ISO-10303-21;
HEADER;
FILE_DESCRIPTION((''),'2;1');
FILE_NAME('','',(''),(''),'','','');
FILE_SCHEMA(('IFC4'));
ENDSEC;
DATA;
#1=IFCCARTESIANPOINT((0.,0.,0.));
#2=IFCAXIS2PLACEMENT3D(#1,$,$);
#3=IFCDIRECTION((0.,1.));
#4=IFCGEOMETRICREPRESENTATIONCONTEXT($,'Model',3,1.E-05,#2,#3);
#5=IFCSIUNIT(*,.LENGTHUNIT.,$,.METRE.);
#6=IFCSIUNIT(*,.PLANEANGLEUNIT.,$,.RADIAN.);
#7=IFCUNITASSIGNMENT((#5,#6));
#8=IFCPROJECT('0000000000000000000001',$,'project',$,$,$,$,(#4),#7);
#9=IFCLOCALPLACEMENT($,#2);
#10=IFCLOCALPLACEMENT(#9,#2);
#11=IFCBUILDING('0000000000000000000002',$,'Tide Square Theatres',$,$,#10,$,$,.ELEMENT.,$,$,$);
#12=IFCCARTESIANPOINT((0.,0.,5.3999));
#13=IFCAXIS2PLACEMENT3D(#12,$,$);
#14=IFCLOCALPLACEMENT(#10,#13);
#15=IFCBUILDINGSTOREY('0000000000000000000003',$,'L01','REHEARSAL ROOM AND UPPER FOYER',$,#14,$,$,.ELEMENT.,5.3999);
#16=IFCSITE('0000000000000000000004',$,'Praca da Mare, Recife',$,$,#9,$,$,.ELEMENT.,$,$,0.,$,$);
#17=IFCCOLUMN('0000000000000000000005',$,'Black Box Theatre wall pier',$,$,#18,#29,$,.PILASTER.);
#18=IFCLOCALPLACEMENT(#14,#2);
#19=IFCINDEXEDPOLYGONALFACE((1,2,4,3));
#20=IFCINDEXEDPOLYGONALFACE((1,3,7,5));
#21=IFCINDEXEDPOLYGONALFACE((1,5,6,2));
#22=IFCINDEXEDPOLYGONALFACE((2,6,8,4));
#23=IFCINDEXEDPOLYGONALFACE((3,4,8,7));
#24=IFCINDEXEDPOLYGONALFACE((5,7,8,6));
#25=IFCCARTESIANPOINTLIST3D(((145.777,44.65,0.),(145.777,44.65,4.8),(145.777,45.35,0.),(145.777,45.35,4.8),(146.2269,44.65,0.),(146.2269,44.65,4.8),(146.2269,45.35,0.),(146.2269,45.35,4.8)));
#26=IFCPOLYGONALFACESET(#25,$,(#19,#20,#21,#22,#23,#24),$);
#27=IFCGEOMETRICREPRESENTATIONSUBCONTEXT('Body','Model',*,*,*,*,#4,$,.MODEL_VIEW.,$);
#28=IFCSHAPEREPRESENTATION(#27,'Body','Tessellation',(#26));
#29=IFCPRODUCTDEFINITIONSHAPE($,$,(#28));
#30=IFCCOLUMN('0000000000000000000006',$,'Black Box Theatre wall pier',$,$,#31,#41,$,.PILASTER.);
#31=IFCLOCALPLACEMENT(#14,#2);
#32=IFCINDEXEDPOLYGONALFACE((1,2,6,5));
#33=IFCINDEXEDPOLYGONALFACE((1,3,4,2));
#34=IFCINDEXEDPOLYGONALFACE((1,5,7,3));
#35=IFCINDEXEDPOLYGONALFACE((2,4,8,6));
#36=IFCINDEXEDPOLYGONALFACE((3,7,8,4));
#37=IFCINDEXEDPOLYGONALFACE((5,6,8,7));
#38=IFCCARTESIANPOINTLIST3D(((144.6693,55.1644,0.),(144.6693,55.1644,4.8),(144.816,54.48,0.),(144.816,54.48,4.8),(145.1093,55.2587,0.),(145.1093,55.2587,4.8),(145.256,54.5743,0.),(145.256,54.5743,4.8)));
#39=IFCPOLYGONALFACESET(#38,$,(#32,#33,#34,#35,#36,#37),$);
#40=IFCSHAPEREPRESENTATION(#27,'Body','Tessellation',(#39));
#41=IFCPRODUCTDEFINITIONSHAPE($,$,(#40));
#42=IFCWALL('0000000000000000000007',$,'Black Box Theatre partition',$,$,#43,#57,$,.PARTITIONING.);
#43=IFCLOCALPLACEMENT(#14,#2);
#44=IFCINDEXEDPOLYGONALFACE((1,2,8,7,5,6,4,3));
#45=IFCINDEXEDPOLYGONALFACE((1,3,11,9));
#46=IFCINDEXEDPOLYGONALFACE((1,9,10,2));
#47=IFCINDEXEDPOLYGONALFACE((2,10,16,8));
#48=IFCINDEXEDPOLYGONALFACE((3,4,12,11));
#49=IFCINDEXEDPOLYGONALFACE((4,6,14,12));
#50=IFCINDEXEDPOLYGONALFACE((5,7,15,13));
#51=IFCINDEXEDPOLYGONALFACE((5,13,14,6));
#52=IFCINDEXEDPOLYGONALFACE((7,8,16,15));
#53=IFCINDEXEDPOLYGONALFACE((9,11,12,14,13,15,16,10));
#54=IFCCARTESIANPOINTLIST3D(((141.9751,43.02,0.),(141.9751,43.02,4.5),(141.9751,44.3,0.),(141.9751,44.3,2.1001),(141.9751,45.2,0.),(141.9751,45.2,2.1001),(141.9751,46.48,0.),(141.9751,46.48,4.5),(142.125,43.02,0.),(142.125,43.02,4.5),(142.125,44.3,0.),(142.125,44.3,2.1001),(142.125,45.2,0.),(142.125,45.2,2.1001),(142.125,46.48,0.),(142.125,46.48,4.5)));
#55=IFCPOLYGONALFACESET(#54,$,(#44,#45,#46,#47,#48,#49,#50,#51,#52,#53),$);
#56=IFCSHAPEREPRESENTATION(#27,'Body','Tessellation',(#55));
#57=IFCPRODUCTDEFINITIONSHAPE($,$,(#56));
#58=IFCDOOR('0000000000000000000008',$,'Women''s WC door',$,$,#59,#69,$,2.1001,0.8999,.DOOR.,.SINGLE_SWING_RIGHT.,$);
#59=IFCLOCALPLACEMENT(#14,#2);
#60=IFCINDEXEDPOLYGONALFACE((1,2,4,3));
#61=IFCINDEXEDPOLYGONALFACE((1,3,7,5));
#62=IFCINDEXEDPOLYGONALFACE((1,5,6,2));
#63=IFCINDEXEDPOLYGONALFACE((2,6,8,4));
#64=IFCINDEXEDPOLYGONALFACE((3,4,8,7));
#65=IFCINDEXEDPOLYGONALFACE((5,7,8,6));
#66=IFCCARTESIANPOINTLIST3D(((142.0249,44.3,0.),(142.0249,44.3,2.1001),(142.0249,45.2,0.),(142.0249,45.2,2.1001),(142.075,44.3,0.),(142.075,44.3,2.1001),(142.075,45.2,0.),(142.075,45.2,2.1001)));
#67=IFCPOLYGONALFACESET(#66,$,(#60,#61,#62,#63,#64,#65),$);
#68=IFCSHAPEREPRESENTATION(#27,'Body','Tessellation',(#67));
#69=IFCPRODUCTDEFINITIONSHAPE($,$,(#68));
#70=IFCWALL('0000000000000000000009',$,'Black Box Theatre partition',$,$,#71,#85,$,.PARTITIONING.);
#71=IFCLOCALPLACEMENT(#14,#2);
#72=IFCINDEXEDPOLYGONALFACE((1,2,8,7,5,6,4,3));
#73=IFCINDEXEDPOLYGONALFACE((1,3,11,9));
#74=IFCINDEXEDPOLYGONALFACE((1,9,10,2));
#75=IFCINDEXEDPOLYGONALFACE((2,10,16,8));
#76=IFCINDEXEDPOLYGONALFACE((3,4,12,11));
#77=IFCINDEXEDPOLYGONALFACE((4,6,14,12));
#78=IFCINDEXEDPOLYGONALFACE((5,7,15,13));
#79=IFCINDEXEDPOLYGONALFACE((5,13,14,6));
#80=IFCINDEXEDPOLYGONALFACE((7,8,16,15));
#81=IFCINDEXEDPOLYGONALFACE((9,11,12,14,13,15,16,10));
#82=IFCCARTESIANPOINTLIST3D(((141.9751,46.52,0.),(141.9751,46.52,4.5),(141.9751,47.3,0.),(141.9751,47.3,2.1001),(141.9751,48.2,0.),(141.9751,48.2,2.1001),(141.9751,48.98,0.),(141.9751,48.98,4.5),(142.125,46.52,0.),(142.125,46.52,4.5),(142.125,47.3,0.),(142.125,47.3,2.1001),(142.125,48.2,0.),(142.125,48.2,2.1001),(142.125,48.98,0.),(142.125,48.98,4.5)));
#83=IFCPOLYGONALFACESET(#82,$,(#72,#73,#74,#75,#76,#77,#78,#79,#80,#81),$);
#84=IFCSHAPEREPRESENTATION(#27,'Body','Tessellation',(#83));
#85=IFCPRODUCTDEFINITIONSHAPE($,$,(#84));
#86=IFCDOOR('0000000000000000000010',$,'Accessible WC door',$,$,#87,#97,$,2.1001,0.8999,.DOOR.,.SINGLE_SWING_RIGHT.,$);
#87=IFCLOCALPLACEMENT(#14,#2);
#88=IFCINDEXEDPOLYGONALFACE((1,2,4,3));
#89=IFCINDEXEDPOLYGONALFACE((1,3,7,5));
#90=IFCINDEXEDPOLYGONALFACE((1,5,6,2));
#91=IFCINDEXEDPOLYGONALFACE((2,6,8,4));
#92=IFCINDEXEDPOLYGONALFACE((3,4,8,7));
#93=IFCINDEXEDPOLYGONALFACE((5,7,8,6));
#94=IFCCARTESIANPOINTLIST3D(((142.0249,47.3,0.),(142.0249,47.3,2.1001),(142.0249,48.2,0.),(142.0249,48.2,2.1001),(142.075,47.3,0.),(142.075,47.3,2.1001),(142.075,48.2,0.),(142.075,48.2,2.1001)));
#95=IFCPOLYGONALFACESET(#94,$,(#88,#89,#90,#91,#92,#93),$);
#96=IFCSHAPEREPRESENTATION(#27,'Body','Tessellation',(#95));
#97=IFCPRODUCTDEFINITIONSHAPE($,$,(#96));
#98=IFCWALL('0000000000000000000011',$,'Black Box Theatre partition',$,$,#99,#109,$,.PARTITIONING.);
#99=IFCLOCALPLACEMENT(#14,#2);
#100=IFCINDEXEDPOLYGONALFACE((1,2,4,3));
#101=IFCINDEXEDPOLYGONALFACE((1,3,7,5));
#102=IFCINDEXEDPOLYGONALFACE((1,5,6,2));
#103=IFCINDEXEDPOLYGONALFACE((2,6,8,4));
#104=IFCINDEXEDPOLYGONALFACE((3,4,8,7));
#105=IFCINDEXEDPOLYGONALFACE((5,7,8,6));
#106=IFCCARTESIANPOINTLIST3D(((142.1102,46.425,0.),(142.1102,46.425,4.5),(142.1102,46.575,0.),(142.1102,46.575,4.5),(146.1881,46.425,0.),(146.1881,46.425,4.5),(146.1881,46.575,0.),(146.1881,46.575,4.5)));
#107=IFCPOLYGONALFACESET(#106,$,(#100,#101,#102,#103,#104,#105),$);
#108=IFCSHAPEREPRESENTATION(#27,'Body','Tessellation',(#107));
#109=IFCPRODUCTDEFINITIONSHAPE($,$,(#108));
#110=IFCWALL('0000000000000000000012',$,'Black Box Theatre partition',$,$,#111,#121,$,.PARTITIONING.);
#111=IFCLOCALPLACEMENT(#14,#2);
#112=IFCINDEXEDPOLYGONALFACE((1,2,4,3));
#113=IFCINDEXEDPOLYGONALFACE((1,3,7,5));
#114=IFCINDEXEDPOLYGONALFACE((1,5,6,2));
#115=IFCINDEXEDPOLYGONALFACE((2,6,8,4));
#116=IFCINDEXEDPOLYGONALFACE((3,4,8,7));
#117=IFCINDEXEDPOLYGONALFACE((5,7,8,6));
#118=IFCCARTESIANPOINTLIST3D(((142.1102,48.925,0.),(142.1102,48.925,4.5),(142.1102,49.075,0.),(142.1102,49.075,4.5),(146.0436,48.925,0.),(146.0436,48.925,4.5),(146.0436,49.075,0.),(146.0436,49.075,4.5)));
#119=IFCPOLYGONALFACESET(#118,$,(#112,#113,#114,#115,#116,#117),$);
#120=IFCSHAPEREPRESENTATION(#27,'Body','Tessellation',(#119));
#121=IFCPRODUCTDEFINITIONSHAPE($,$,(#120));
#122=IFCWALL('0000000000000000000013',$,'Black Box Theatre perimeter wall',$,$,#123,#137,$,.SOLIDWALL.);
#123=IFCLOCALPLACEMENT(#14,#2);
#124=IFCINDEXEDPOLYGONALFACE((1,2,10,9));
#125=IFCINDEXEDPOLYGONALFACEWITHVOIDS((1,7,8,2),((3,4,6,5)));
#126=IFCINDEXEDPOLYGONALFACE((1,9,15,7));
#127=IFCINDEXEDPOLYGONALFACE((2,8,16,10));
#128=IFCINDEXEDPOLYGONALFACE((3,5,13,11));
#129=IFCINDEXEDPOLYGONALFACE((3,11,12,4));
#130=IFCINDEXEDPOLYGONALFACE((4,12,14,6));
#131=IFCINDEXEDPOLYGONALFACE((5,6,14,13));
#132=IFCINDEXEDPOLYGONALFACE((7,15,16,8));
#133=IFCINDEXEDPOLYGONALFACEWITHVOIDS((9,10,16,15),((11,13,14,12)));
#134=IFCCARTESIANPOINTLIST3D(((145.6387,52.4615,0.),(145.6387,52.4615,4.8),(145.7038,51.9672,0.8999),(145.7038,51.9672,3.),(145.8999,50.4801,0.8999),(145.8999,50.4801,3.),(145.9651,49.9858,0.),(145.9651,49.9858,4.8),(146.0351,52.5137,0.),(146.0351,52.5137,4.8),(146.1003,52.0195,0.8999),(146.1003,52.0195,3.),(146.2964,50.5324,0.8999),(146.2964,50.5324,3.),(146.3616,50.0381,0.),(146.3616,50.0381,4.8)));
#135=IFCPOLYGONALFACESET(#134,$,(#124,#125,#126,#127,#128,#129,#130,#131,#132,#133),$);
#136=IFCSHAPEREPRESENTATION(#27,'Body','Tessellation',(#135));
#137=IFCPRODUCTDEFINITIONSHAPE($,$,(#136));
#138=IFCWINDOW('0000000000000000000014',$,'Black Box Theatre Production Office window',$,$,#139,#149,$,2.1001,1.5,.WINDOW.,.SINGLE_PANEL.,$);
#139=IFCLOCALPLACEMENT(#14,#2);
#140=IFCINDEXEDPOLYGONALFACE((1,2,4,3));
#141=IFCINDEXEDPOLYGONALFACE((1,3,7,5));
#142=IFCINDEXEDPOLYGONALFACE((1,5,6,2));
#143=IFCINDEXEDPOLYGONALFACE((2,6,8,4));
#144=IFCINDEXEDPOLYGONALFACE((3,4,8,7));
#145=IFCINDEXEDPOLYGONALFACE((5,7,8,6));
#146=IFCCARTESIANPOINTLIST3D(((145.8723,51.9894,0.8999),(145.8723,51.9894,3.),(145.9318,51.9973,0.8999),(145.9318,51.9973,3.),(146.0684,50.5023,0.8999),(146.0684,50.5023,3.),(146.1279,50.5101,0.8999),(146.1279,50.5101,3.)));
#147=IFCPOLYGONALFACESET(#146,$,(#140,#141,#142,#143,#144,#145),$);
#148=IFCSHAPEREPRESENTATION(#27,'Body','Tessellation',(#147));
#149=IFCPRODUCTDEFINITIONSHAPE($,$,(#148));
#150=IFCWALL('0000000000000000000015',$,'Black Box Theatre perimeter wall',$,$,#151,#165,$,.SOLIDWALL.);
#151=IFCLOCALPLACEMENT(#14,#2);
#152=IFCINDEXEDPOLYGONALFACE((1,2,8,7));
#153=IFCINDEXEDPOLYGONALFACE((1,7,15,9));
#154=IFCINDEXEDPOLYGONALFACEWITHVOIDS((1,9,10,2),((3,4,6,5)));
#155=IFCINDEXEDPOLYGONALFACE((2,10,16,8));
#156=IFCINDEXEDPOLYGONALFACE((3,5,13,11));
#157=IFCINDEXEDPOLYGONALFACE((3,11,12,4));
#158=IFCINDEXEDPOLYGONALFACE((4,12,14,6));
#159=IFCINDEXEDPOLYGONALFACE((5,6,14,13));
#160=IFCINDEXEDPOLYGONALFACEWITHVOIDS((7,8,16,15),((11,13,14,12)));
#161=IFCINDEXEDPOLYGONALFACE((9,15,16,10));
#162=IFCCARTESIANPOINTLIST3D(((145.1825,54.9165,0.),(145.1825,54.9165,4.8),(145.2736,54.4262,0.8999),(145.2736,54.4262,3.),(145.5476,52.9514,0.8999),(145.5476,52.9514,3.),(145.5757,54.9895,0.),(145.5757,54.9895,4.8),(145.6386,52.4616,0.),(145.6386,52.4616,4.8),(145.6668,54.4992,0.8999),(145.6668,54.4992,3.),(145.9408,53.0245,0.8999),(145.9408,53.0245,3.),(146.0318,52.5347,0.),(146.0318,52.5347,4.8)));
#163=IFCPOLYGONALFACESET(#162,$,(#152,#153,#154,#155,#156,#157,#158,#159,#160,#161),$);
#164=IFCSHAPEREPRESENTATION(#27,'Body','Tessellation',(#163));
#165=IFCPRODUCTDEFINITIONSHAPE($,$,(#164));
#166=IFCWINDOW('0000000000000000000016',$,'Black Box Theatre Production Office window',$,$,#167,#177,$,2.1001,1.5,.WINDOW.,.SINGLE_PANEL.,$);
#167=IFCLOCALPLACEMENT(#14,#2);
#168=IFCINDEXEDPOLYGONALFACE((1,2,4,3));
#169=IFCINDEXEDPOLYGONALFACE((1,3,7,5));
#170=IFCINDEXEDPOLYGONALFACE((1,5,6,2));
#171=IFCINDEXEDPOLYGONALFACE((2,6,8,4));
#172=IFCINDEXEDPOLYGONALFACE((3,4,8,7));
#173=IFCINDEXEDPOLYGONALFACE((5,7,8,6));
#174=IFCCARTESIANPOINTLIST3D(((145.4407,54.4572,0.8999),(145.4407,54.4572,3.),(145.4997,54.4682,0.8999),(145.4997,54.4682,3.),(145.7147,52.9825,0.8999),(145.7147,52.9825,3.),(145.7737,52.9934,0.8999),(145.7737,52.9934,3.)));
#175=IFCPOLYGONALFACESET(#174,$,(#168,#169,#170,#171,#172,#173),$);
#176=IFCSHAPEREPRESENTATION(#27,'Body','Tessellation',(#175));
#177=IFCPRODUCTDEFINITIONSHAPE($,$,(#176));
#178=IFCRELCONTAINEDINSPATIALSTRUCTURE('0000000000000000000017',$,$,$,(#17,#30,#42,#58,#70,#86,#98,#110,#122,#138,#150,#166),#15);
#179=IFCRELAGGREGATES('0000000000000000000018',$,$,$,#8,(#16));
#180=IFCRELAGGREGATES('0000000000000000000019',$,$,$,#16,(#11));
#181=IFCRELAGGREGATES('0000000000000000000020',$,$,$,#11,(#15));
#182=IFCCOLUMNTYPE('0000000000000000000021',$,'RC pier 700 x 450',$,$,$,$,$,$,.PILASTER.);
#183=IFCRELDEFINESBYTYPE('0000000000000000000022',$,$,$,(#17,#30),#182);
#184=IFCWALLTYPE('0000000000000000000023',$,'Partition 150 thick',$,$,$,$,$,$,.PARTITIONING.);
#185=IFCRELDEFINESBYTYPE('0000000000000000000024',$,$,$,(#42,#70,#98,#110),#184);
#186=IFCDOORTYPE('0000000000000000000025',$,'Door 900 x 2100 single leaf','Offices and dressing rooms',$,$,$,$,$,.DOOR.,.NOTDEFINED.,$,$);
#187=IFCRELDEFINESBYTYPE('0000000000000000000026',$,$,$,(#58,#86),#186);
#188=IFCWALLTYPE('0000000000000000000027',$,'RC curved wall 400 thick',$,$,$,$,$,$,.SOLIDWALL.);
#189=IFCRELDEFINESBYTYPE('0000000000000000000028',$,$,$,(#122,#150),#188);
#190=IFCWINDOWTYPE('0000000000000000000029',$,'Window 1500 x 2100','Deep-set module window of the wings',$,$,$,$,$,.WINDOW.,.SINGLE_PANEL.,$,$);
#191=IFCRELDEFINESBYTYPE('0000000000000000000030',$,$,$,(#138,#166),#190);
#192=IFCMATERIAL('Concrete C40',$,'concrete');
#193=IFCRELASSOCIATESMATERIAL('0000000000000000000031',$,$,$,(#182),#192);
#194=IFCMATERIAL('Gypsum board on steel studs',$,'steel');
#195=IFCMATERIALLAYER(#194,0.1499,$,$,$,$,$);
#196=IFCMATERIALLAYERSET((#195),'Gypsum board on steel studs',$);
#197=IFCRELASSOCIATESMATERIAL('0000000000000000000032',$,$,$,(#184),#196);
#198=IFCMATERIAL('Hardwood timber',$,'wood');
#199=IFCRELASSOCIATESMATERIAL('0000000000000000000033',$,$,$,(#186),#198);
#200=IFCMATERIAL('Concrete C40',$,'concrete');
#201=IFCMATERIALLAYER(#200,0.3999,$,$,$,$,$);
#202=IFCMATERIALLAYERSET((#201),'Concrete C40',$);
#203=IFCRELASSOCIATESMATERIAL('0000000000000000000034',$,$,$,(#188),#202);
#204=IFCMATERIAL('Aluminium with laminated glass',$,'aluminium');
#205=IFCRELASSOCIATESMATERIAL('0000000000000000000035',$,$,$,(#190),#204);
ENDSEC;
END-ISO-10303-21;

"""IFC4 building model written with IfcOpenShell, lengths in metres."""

from ifc_helpers import new_model, si_unit, direction, frame, frame_2d, origin, origin_2d, place, context, subcontext, project, spatial, rectangle, extrude, material, layer, layer_set, material_profile, profile_set, type_object, element, fill, save


model = new_model("IFC4")

# Units and contexts
model_context = context("Model", 3, precision=1e-05, world=origin(), true_north=direction((0.0, 1.0)))
body_context = subcontext(model_context, "Body", "Model", "MODEL_VIEW")
ifc_project = project(units=[si_unit("LENGTHUNIT", "METRE"), si_unit("PLANEANGLEUNIT", "RADIAN")], contexts=[model_context])

# Site, building, storey
site_placement = place(None, origin())
site = spatial("IfcSite", under=ifc_project, at=site_placement, Name="Praca da Mare, Recife", CompositionType="ELEMENT", RefElevation=0.0)
building_placement = place(site_placement, origin())
building = spatial("IfcBuilding", under=site, at=building_placement, Name="Tide Square Theatres", CompositionType="ELEMENT")
storey_placement = place(building_placement, frame((0.0, 0.0, 5.3999)))
storey = spatial("IfcBuildingStorey", under=building, at=storey_placement, Name="L01", Description="REHEARSAL ROOM AND UPPER FOYER", CompositionType="ELEMENT", Elevation=5.3999)

# Columns
ifc_material_1 = material(Name="Concrete C40", Category="concrete")
ifc_material_profile = material_profile(ifc_material_1, rectangle(XDim=0.7, YDim=0.45, at=origin_2d()))
ifc_profile_set = profile_set([ifc_material_profile], Name="Concrete C40")
column_type = type_object("IfcColumnType", Name="RC pier 700 x 450", PredefinedType="PILASTER", material=ifc_profile_set)
for number, where, z_axis, x_axis, name in (
    (1, (146.002, 45.0, 0.0), (0.0, 0.0, 1.0), (0.0, 1.0, 0.0), "Black Box Theatre wall pier"),
    (2, (144.9626, 54.8694, 0.0), (0.0, 0.0, 1.0), (-0.209561, 0.977796, 0.0), "Black Box Theatre wall pier"),
):
    element("IfcColumn", number, at=place(storey_placement, frame(where, z_axis=z_axis, x_axis=x_axis)), inside=storey, type_object=column_type, Name=name, PredefinedType="PILASTER", context=body_context, shape_type="SweptSolid", body=[
        extrude(rectangle(XDim=0.7, YDim=0.45, at=origin_2d()), origin(), (0.0, 0.0, 1.0), 4.8),
    ])

# Walls, openings, doors
ifc_material_2 = material(Name="Gypsum board on steel studs", Category="steel")
ifc_layer_1 = layer(ifc_material_2, 0.1499)
ifc_layer_set_1 = layer_set([ifc_layer_1], Name="Gypsum board on steel studs")
wall_type_1 = type_object("IfcWallType", Name="Partition 150 thick", PredefinedType="PARTITIONING", material=ifc_layer_set_1)
wall_1_placement = place(storey_placement, frame((142.05, 46.48, 0.0), z_axis=(0.0, 0.0, 1.0), x_axis=(0.0, -1.0, 0.0)))
wall_1 = element("IfcWall", 3, at=wall_1_placement, inside=storey, type_object=wall_type_1, Name="Black Box Theatre partition", PredefinedType="PARTITIONING", context=body_context, shape_type="SweptSolid", body=[
    extrude(rectangle(XDim=3.46, YDim=0.1499, at=frame_2d((1.73, 0.0))), origin(), (0.0, 0.0, 1.0), 4.5),
])
opening_1_placement = place(wall_1_placement, frame((1.28, 0.0, 0.0)))
opening_1 = element("IfcOpeningElement", 4, at=opening_1_placement, cuts=wall_1, PredefinedType="OPENING", context=body_context, shape_type="SweptSolid", body=[
    extrude(rectangle(XDim=0.8999, YDim=2.1001, at=frame_2d((0.45, 1.05))), frame((0.0, 0.085, 0.0), z_axis=(0.0, -1.0, 0.0), x_axis=(1.0, 0.0, 0.0)), (0.0, 0.0, 1.0), 0.1699),
])
ifc_material_3 = material(Name="Hardwood timber", Category="wood")
door_type = type_object("IfcDoorType", Name="Door 900 x 2100 single leaf", Description="Offices and dressing rooms", OperationType="NOTDEFINED", PredefinedType="DOOR", material=ifc_material_3)
door_1_placement = place(opening_1_placement, origin())
door_1 = element("IfcDoor", 5, at=door_1_placement, inside=storey, type_object=door_type, Name="Women's WC door", OperationType="SINGLE_SWING_RIGHT", OverallHeight=2.1001, OverallWidth=0.8999, PredefinedType="DOOR", context=body_context, shape_type="SweptSolid", body=[
    extrude(rectangle(XDim=0.8999, YDim=2.1001, at=frame_2d((0.45, 1.05))), frame((0.0, 0.0249, 0.0), z_axis=(0.0, -1.0, 0.0), x_axis=(1.0, 0.0, 0.0)), (0.0, 0.0, 1.0), 0.05),
])
fill(opening_1, door_1)
wall_2_placement = place(storey_placement, frame((142.05, 48.98, 0.0), z_axis=(0.0, 0.0, 1.0), x_axis=(0.0, -1.0, 0.0)))
wall_2 = element("IfcWall", 6, at=wall_2_placement, inside=storey, type_object=wall_type_1, Name="Black Box Theatre partition", PredefinedType="PARTITIONING", context=body_context, shape_type="SweptSolid", body=[
    extrude(rectangle(XDim=2.46, YDim=0.1499, at=frame_2d((1.23, 0.0))), origin(), (0.0, 0.0, 1.0), 4.5),
])
opening_2_placement = place(wall_2_placement, frame((0.78, 0.0, 0.0)))
opening_2 = element("IfcOpeningElement", 7, at=opening_2_placement, cuts=wall_2, PredefinedType="OPENING", context=body_context, shape_type="SweptSolid", body=[
    extrude(rectangle(XDim=0.8999, YDim=2.1001, at=frame_2d((0.45, 1.05))), frame((0.0, 0.085, 0.0), z_axis=(0.0, -1.0, 0.0), x_axis=(1.0, 0.0, 0.0)), (0.0, 0.0, 1.0), 0.1699),
])
door_2_placement = place(opening_2_placement, origin())
door_2 = element("IfcDoor", 8, at=door_2_placement, inside=storey, type_object=door_type, Name="Accessible WC door", OperationType="SINGLE_SWING_RIGHT", OverallHeight=2.1001, OverallWidth=0.8999, PredefinedType="DOOR", context=body_context, shape_type="SweptSolid", body=[
    extrude(rectangle(XDim=0.8999, YDim=2.1001, at=frame_2d((0.45, 1.05))), frame((0.0, 0.0249, 0.0), z_axis=(0.0, -1.0, 0.0), x_axis=(1.0, 0.0, 0.0)), (0.0, 0.0, 1.0), 0.05),
])
fill(opening_2, door_2)

# Walls
wall_3_placement = place(storey_placement, frame((142.1101, 46.5, 0.0), z_axis=(0.0, 0.0, 1.0), x_axis=(1.0, 0.0, 0.0)))
element("IfcWall", 9, at=wall_3_placement, inside=storey, type_object=wall_type_1, Name="Black Box Theatre partition", PredefinedType="PARTITIONING", context=body_context, shape_type="SweptSolid", body=[
    extrude(rectangle(XDim=4.0779, YDim=0.1499, at=frame_2d((2.0391, 0.0))), origin(), (0.0, 0.0, 1.0), 4.5),
])
wall_4_placement = place(storey_placement, frame((142.1101, 49.0, 0.0), z_axis=(0.0, 0.0, 1.0), x_axis=(1.0, 0.0, 0.0)))
element("IfcWall", 10, at=wall_4_placement, inside=storey, type_object=wall_type_1, Name="Black Box Theatre partition", PredefinedType="PARTITIONING", context=body_context, shape_type="SweptSolid", body=[
    extrude(rectangle(XDim=3.9333, YDim=0.1499, at=frame_2d((1.9668, 0.0))), origin(), (0.0, 0.0, 1.0), 4.5),
])

# Walls, openings, windows
ifc_material_4 = material(Name="Concrete C40", Category="concrete")
ifc_layer_2 = layer(ifc_material_4, 0.3999)
ifc_layer_set_2 = layer_set([ifc_layer_2], Name="Concrete C40")
wall_type_2 = type_object("IfcWallType", Name="RC curved wall 400 thick", PredefinedType="SOLIDWALL", material=ifc_layer_set_2)
wall_5_placement = place(storey_placement, frame((146.1633, 50.012, 0.0), z_axis=(0.0, 0.0, 1.0), x_axis=(-0.130723, 0.991419, 0.0)))
wall_5 = element("IfcWall", 11, at=wall_5_placement, inside=storey, type_object=wall_type_2, Name="Black Box Theatre perimeter wall", PredefinedType="SOLIDWALL", context=body_context, shape_type="SweptSolid", body=[
    extrude(rectangle(XDim=2.4971, YDim=0.3999, at=frame_2d((1.2485, 0.0))), origin(), (0.0, 0.0, 1.0), 4.8),
])
opening_3_placement = place(wall_5_placement, frame((0.4985, 0.0, 0.8999)))
opening_3 = element("IfcOpeningElement", 12, at=opening_3_placement, cuts=wall_5, PredefinedType="OPENING", context=body_context, shape_type="SweptSolid", body=[
    extrude(rectangle(XDim=1.5, YDim=2.1001, at=frame_2d((0.75, 1.05))), frame((0.0, 0.21, 0.0), z_axis=(0.0, -1.0, 0.0), x_axis=(1.0, 0.0, 0.0)), (0.0, 0.0, 1.0), 0.4199),
])
ifc_material_5 = material(Name="Aluminium with laminated glass", Category="aluminium")
window_type = type_object("IfcWindowType", Name="Window 1500 x 2100", Description="Deep-set module window of the wings", PartitioningType="SINGLE_PANEL", PredefinedType="WINDOW", material=ifc_material_5)
window_1_placement = place(opening_3_placement, origin())
window_1 = element("IfcWindow", 13, at=window_1_placement, inside=storey, type_object=window_type, Name="Black Box Theatre Production Office window", OverallHeight=2.1001, OverallWidth=1.5, PartitioningType="SINGLE_PANEL", PredefinedType="WINDOW", context=body_context, shape_type="SweptSolid", body=[
    extrude(rectangle(XDim=1.5, YDim=2.1001, at=frame_2d((0.75, 1.05))), frame((0.0, 0.03, 0.0), z_axis=(0.0, -1.0, 0.0), x_axis=(1.0, 0.0, 0.0)), (0.0, 0.0, 1.0), 0.0601),
])
fill(opening_3, window_1)
wall_6_placement = place(storey_placement, frame((145.8352, 52.498, 0.0), z_axis=(0.0, 0.0, 1.0), x_axis=(-0.182653, 0.983177, 0.0)))
wall_6 = element("IfcWall", 14, at=wall_6_placement, inside=storey, type_object=wall_type_2, Name="Black Box Theatre perimeter wall", PredefinedType="SOLIDWALL", context=body_context, shape_type="SweptSolid", body=[
    extrude(rectangle(XDim=2.4968, YDim=0.3999, at=frame_2d((1.2485, 0.0))), origin(), (0.0, 0.0, 1.0), 4.8),
])
opening_4_placement = place(wall_6_placement, frame((0.4983, 0.0, 0.8999)))
opening_4 = element("IfcOpeningElement", 15, at=opening_4_placement, cuts=wall_6, PredefinedType="OPENING", context=body_context, shape_type="SweptSolid", body=[
    extrude(rectangle(XDim=1.5, YDim=2.1001, at=frame_2d((0.75, 1.05))), frame((0.0, 0.21, 0.0), z_axis=(0.0, -1.0, 0.0), x_axis=(1.0, 0.0, 0.0)), (0.0, 0.0, 1.0), 0.4199),
])
window_2_placement = place(opening_4_placement, origin())
window_2 = element("IfcWindow", 16, at=window_2_placement, inside=storey, type_object=window_type, Name="Black Box Theatre Production Office window", OverallHeight=2.1001, OverallWidth=1.5, PartitioningType="SINGLE_PANEL", PredefinedType="WINDOW", context=body_context, shape_type="SweptSolid", body=[
    extrude(rectangle(XDim=1.5, YDim=2.1001, at=frame_2d((0.75, 1.05))), frame((0.0, 0.03, 0.0), z_axis=(0.0, -1.0, 0.0), x_axis=(1.0, 0.0, 0.0)), (0.0, 0.0, 1.0), 0.0601),
])
fill(opening_4, window_2)

save(model, "model.ifc")
